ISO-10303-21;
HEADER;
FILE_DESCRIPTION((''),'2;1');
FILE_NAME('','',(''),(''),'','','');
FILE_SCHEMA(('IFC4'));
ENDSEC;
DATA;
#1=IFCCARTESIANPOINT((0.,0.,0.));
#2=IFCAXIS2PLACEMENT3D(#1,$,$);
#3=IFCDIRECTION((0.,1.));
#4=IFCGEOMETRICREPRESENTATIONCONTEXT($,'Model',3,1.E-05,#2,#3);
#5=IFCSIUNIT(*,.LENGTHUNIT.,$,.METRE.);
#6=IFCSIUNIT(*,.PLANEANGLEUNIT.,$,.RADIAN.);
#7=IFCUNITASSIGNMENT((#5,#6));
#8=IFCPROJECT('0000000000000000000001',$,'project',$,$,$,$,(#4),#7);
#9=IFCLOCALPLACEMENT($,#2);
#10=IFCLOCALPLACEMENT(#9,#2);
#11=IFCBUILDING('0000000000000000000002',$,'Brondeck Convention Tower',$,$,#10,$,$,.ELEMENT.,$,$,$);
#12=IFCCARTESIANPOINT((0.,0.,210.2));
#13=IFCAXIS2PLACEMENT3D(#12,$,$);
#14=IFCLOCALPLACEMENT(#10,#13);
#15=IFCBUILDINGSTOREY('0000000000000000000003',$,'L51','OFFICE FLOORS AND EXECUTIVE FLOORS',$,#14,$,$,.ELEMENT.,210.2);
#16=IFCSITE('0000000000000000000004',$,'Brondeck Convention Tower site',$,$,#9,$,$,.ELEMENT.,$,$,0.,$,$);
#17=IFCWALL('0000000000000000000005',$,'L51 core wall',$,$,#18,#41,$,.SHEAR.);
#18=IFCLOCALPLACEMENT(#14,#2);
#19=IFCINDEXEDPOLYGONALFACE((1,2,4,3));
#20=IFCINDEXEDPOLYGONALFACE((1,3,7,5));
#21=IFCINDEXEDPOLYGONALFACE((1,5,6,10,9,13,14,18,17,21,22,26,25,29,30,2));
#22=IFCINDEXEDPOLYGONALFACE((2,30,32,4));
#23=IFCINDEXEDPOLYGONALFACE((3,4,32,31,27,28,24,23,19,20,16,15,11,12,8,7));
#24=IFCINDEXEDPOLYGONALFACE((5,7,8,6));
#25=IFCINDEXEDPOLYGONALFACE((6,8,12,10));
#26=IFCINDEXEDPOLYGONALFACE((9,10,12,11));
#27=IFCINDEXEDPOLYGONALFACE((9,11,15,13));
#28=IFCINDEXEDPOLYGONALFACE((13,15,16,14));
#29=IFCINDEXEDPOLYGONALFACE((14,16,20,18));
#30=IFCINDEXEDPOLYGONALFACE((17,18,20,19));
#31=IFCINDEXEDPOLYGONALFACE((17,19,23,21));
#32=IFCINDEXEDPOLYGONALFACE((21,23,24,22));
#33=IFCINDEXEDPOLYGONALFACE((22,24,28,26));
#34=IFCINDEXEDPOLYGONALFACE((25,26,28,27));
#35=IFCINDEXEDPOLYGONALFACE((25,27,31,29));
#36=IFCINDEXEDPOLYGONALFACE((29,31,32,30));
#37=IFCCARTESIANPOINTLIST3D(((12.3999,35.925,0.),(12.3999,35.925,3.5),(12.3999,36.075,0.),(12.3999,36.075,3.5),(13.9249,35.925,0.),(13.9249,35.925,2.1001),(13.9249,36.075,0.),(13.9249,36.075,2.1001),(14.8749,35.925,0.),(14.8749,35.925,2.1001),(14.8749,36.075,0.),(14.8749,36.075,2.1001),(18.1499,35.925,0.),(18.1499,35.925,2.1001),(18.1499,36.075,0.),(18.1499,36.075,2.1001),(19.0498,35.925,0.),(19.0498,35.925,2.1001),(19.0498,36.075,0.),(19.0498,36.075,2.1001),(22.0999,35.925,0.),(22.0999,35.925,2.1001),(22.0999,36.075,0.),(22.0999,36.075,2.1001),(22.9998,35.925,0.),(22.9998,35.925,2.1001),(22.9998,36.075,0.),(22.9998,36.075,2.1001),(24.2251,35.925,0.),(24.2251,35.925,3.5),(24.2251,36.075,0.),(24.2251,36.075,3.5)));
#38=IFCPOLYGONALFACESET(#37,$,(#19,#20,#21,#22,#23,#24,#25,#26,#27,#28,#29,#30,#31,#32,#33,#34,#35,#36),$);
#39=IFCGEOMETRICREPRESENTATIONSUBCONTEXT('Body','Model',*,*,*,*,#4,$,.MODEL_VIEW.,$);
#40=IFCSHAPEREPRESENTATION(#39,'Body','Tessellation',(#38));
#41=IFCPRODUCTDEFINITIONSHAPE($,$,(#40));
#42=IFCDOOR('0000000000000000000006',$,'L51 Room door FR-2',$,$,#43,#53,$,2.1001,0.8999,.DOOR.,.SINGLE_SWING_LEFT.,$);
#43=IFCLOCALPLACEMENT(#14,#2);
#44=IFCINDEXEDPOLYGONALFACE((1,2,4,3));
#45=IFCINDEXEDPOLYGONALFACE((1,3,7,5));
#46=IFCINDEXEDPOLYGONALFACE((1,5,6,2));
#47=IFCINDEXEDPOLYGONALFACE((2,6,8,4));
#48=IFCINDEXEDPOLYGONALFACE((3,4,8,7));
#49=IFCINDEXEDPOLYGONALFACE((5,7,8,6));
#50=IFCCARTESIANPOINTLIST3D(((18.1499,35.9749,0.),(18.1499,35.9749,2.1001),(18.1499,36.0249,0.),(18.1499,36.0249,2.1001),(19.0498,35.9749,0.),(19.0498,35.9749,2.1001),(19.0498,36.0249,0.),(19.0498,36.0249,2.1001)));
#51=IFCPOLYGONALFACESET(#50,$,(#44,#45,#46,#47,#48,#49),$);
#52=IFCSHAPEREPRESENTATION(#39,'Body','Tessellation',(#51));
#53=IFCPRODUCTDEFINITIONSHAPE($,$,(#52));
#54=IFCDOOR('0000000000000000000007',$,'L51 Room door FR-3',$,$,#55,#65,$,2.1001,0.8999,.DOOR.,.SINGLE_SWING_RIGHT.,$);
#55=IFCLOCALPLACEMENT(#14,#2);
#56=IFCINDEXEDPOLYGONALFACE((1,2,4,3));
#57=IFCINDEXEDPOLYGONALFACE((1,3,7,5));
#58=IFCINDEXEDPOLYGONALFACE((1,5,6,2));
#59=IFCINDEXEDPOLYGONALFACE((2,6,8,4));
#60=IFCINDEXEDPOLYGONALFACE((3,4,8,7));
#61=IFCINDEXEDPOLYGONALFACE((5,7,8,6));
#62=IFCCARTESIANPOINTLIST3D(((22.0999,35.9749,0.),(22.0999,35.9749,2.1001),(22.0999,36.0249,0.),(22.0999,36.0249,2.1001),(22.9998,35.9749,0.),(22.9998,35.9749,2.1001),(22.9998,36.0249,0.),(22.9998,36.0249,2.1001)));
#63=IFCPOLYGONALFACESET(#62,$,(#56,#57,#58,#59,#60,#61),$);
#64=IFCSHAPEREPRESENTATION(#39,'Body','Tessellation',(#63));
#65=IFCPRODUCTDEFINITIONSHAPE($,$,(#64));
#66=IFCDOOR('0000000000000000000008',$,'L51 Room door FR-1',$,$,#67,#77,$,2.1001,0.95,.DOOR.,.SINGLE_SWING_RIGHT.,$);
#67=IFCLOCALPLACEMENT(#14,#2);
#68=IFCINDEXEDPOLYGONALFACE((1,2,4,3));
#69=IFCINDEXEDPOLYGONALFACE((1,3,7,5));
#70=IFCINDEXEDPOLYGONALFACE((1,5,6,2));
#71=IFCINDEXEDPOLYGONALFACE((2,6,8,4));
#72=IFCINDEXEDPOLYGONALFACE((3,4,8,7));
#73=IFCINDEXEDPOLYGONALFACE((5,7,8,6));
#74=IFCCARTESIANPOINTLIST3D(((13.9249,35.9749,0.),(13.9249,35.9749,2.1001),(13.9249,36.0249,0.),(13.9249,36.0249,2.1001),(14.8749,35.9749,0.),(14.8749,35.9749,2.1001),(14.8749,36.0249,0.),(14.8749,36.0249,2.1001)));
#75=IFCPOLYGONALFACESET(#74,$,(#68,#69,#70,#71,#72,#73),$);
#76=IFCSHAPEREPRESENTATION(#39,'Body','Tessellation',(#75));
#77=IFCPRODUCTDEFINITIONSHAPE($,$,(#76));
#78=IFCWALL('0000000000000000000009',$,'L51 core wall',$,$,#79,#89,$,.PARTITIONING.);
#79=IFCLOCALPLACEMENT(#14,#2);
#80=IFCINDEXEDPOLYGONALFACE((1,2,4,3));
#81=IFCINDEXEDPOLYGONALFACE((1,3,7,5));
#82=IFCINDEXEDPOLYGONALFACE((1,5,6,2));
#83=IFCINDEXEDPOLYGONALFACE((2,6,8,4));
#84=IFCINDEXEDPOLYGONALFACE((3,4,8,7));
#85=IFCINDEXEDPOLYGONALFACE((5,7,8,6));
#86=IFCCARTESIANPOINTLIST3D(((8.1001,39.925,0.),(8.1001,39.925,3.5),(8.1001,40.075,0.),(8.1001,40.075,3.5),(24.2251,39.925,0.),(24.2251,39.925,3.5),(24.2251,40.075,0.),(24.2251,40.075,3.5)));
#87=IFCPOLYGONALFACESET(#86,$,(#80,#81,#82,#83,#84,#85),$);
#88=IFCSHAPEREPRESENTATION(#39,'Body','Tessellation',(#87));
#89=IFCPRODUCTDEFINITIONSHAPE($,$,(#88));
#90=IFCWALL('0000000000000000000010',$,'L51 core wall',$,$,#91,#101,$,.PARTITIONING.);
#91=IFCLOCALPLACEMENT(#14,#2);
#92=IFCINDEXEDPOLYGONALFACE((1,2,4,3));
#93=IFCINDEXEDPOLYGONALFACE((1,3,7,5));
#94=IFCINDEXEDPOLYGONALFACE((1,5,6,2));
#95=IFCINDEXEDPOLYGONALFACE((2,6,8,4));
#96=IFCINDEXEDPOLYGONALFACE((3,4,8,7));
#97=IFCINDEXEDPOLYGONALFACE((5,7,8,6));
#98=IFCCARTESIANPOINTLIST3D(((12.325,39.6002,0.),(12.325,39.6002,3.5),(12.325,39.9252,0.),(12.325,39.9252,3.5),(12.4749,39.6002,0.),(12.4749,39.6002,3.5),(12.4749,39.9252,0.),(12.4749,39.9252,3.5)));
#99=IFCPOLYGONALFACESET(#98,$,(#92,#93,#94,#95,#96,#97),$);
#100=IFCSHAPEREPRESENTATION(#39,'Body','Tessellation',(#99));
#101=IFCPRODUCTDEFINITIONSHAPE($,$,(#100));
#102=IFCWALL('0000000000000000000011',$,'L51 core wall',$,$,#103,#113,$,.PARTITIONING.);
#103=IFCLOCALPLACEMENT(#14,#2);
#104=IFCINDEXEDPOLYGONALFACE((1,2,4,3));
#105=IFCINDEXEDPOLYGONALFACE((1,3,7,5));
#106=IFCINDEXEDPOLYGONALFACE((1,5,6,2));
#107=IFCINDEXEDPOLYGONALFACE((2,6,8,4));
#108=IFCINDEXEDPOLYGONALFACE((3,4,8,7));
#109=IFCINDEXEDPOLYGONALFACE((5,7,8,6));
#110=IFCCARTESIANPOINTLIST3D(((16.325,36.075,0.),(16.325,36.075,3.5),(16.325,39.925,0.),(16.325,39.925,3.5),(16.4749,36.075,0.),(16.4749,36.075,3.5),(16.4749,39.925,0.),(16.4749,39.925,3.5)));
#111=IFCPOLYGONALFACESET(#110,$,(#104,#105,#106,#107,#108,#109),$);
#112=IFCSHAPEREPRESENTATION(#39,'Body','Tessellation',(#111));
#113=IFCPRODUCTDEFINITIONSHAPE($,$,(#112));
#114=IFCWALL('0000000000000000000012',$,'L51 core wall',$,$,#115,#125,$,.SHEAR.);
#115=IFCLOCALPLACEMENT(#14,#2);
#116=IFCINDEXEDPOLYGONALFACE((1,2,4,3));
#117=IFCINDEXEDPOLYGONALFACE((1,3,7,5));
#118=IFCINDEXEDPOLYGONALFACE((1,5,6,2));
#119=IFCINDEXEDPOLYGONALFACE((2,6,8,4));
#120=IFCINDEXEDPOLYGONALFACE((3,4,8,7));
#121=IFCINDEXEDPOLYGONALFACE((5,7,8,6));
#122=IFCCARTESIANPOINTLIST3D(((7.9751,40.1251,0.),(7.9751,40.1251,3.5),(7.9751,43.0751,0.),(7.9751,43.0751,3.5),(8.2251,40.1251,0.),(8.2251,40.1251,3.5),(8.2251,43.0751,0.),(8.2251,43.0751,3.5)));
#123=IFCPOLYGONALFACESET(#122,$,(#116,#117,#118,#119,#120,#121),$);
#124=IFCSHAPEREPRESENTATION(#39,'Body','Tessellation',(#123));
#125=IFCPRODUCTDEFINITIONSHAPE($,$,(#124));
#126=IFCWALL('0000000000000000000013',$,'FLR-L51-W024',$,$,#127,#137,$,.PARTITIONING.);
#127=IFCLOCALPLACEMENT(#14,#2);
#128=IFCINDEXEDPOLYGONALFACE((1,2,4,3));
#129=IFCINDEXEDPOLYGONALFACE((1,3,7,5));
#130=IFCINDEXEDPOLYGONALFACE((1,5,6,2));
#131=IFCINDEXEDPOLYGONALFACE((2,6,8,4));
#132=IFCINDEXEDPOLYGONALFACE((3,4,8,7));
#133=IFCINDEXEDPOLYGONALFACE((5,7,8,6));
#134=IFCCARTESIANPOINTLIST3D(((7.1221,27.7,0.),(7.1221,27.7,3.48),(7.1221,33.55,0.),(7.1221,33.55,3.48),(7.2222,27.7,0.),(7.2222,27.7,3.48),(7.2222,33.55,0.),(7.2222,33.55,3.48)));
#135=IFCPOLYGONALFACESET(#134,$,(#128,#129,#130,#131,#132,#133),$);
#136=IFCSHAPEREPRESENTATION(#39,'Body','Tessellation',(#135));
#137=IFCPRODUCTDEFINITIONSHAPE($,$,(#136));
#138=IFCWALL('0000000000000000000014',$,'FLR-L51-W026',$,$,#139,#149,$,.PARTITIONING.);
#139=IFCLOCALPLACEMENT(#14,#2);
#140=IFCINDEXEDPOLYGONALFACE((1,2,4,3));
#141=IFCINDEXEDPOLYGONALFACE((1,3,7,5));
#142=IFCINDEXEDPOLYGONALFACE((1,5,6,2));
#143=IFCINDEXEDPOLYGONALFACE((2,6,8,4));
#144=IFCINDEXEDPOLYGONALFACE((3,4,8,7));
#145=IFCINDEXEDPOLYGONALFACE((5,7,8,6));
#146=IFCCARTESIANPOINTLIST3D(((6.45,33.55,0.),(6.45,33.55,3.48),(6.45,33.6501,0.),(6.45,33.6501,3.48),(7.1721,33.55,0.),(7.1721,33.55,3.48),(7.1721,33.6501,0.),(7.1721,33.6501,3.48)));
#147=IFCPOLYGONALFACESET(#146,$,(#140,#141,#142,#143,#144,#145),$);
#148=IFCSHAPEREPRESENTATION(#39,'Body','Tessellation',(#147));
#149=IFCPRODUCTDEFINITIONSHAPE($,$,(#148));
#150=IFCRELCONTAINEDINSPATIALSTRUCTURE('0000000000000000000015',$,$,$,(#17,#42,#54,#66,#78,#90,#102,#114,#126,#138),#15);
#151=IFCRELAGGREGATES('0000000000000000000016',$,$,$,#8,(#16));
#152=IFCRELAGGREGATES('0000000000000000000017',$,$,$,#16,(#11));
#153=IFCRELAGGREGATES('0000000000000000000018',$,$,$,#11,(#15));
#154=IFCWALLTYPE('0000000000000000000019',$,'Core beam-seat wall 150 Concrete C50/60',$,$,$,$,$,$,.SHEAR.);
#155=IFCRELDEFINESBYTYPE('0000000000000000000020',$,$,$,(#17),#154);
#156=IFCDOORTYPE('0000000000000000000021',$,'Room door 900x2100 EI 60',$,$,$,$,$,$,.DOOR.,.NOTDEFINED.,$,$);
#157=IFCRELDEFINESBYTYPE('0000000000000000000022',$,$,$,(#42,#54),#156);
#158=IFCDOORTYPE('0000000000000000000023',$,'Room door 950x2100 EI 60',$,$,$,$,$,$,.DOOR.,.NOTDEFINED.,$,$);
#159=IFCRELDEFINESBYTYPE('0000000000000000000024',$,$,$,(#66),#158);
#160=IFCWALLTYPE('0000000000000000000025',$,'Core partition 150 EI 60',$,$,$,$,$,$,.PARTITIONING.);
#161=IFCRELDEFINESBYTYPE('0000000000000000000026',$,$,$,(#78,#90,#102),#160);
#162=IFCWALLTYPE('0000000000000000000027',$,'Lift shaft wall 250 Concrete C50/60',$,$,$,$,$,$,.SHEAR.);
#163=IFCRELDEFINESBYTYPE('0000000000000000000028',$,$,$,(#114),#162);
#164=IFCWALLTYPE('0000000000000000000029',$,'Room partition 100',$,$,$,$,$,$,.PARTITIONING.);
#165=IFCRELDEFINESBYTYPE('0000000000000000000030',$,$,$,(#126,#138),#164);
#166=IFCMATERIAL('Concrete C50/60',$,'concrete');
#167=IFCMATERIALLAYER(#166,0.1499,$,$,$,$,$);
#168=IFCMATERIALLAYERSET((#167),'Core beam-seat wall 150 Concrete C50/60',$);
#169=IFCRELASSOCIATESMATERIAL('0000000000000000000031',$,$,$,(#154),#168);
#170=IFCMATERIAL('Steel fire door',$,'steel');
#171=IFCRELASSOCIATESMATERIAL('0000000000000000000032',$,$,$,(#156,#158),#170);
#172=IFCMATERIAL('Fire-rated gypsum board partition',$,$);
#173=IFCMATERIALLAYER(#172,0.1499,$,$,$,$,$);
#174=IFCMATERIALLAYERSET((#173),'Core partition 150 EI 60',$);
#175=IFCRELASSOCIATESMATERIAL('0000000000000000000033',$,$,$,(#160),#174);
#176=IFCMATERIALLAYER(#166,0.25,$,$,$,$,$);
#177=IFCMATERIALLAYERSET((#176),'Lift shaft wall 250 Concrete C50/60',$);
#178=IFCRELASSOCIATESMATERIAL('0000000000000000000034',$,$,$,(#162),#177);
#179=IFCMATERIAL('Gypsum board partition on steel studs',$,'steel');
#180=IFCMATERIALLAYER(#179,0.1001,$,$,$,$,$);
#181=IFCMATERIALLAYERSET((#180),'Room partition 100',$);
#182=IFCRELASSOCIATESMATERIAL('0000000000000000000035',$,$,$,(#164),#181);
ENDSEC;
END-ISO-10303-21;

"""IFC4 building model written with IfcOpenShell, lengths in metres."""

from ifc_helpers import new_model, si_unit, direction, frame, frame_2d, origin, place, context, subcontext, project, spatial, rectangle, extrude, material, layer, layer_set, type_object, element, fill, save


model = new_model("IFC4")

# Units and contexts
model_context = context("Model", 3, precision=1e-05, world=origin(), true_north=direction((0.0, 1.0)))
body_context = subcontext(model_context, "Body", "Model", "MODEL_VIEW")
ifc_project = project(units=[si_unit("LENGTHUNIT", "METRE"), si_unit("PLANEANGLEUNIT", "RADIAN")], contexts=[model_context])

# Site, building, storey
site_placement = place(None, origin())
site = spatial("IfcSite", under=ifc_project, at=site_placement, Name="Brondeck Convention Tower site", CompositionType="ELEMENT", RefElevation=0.0)
building_placement = place(site_placement, origin())
building = spatial("IfcBuilding", under=site, at=building_placement, Name="Brondeck Convention Tower", CompositionType="ELEMENT")
storey_placement = place(building_placement, frame((0.0, 0.0, 210.2)))
storey = spatial("IfcBuildingStorey", under=building, at=storey_placement, Name="L51", Description="OFFICE FLOORS AND EXECUTIVE FLOORS", CompositionType="ELEMENT", Elevation=210.2)

# Shared definitions
ifc_material_1 = material(Name="Concrete C50/60", Category="concrete")

# Wall, openings, doors
ifc_layer_1 = layer(ifc_material_1, 0.1499)
ifc_layer_set_1 = layer_set([ifc_layer_1], Name="Core beam-seat wall 150 Concrete C50/60")
wall_type_1 = type_object("IfcWallType", Name="Core beam-seat wall 150 Concrete C50/60", PredefinedType="SHEAR", material=ifc_layer_set_1)
wall_1_placement = place(storey_placement, frame((12.3999, 36.0, 0.0), z_axis=(0.0, 0.0, 1.0), x_axis=(1.0, 0.0, 0.0)))
wall_1 = element("IfcWall", 1, at=wall_1_placement, inside=storey, type_object=wall_type_1, Name="L51 core wall", PredefinedType="SHEAR", context=body_context, shape_type="SweptSolid", body=[
    extrude(rectangle(XDim=11.8252, YDim=0.1499, at=frame_2d((5.9126, 0.0))), origin(), (0.0, 0.0, 1.0), 3.5),
])
opening_1_placement = place(wall_1_placement, frame((1.5249, 0.0, 0.0)))
opening_1 = element("IfcOpeningElement", 2, at=opening_1_placement, cuts=wall_1, PredefinedType="OPENING", context=body_context, shape_type="SweptSolid", body=[
    extrude(rectangle(XDim=0.95, YDim=2.1001, at=frame_2d((0.4751, 1.05))), frame((0.0, 0.085, 0.0), z_axis=(0.0, -1.0, 0.0), x_axis=(1.0, 0.0, 0.0)), (0.0, 0.0, 1.0), 0.1699),
])
opening_2_placement = place(wall_1_placement, frame((5.75, 0.0, 0.0)))
opening_2 = element("IfcOpeningElement", 3, at=opening_2_placement, cuts=wall_1, PredefinedType="OPENING", context=body_context, shape_type="SweptSolid", body=[
    extrude(rectangle(XDim=0.8999, YDim=2.1001, at=frame_2d((0.45, 1.05))), frame((0.0, 0.085, 0.0), z_axis=(0.0, -1.0, 0.0), x_axis=(1.0, 0.0, 0.0)), (0.0, 0.0, 1.0), 0.1699),
])
opening_3_placement = place(wall_1_placement, frame((9.7, 0.0, 0.0)))
opening_3 = element("IfcOpeningElement", 4, at=opening_3_placement, cuts=wall_1, PredefinedType="OPENING", context=body_context, shape_type="SweptSolid", body=[
    extrude(rectangle(XDim=0.8999, YDim=2.1001, at=frame_2d((0.45, 1.05))), frame((0.0, 0.085, 0.0), z_axis=(0.0, -1.0, 0.0), x_axis=(1.0, 0.0, 0.0)), (0.0, 0.0, 1.0), 0.1699),
])
ifc_material_2 = material(Name="Steel fire door", Category="steel")
door_type_1 = type_object("IfcDoorType", Name="Room door 900x2100 EI 60", OperationType="NOTDEFINED", PredefinedType="DOOR", material=ifc_material_2)
door_1_placement = place(opening_2_placement, origin())
door_1 = element("IfcDoor", 5, at=door_1_placement, inside=storey, type_object=door_type_1, Name="L51 Room door FR-2", OperationType="SINGLE_SWING_LEFT", OverallHeight=2.1001, OverallWidth=0.8999, PredefinedType="DOOR", context=body_context, shape_type="SweptSolid", body=[
    extrude(rectangle(XDim=0.8999, YDim=2.1001, at=frame_2d((0.45, 1.05))), frame((0.0, 0.0249, 0.0), z_axis=(0.0, -1.0, 0.0), x_axis=(1.0, 0.0, 0.0)), (0.0, 0.0, 1.0), 0.05),
])
fill(opening_2, door_1)
door_2_placement = place(opening_3_placement, origin())
door_2 = element("IfcDoor", 6, at=door_2_placement, inside=storey, type_object=door_type_1, Name="L51 Room door FR-3", OperationType="SINGLE_SWING_RIGHT", OverallHeight=2.1001, OverallWidth=0.8999, PredefinedType="DOOR", context=body_context, shape_type="SweptSolid", body=[
    extrude(rectangle(XDim=0.8999, YDim=2.1001, at=frame_2d((0.45, 1.05))), frame((0.0, 0.0249, 0.0), z_axis=(0.0, -1.0, 0.0), x_axis=(1.0, 0.0, 0.0)), (0.0, 0.0, 1.0), 0.05),
])
fill(opening_3, door_2)
door_type_2 = type_object("IfcDoorType", Name="Room door 950x2100 EI 60", OperationType="NOTDEFINED", PredefinedType="DOOR", material=ifc_material_2)
door_3_placement = place(opening_1_placement, origin())
door_3 = element("IfcDoor", 7, at=door_3_placement, inside=storey, type_object=door_type_2, Name="L51 Room door FR-1", OperationType="SINGLE_SWING_RIGHT", OverallHeight=2.1001, OverallWidth=0.95, PredefinedType="DOOR", context=body_context, shape_type="SweptSolid", body=[
    extrude(rectangle(XDim=0.95, YDim=2.1001, at=frame_2d((0.4751, 1.05))), frame((0.0, 0.0249, 0.0), z_axis=(0.0, -1.0, 0.0), x_axis=(1.0, 0.0, 0.0)), (0.0, 0.0, 1.0), 0.05),
])
fill(opening_1, door_3)

# Walls
ifc_material_3 = material(Name="Fire-rated gypsum board partition")
ifc_layer_2 = layer(ifc_material_3, 0.1499)
ifc_layer_set_2 = layer_set([ifc_layer_2], Name="Core partition 150 EI 60")
wall_type_2 = type_object("IfcWallType", Name="Core partition 150 EI 60", PredefinedType="PARTITIONING", material=ifc_layer_set_2)
wall_2_placement = place(storey_placement, frame((8.1001, 40.0, 0.0), z_axis=(0.0, 0.0, 1.0), x_axis=(1.0, 0.0, 0.0)))
element("IfcWall", 8, at=wall_2_placement, inside=storey, type_object=wall_type_2, Name="L51 core wall", PredefinedType="PARTITIONING", context=body_context, shape_type="SweptSolid", body=[
    extrude(rectangle(XDim=16.125, YDim=0.1499, at=frame_2d((8.0625, 0.0))), origin(), (0.0, 0.0, 1.0), 3.5),
])
wall_3_placement = place(storey_placement, frame((12.3999, 39.6001, 0.0), z_axis=(0.0, 0.0, 1.0), x_axis=(0.0, 1.0, 0.0)))
element("IfcWall", 9, at=wall_3_placement, inside=storey, type_object=wall_type_2, Name="L51 core wall", PredefinedType="PARTITIONING", context=body_context, shape_type="SweptSolid", body=[
    extrude(rectangle(XDim=0.325, YDim=0.1499, at=frame_2d((0.1626, 0.0))), origin(), (0.0, 0.0, 1.0), 3.5),
])
wall_4_placement = place(storey_placement, frame((16.3999, 36.075, 0.0), z_axis=(0.0, 0.0, 1.0), x_axis=(0.0, 1.0, 0.0)))
element("IfcWall", 10, at=wall_4_placement, inside=storey, type_object=wall_type_2, Name="L51 core wall", PredefinedType="PARTITIONING", context=body_context, shape_type="SweptSolid", body=[
    extrude(rectangle(XDim=3.8501, YDim=0.1499, at=frame_2d((1.925, 0.0))), origin(), (0.0, 0.0, 1.0), 3.5),
])
ifc_layer_3 = layer(ifc_material_1, 0.25)
ifc_layer_set_3 = layer_set([ifc_layer_3], Name="Lift shaft wall 250 Concrete C50/60")
wall_type_3 = type_object("IfcWallType", Name="Lift shaft wall 250 Concrete C50/60", PredefinedType="SHEAR", material=ifc_layer_set_3)
wall_5_placement = place(storey_placement, frame((8.1001, 40.125, 0.0), z_axis=(0.0, 0.0, 1.0), x_axis=(0.0, 1.0, 0.0)))
element("IfcWall", 11, at=wall_5_placement, inside=storey, type_object=wall_type_3, Name="L51 core wall", PredefinedType="SHEAR", context=body_context, shape_type="SweptSolid", body=[
    extrude(rectangle(XDim=2.95, YDim=0.25, at=frame_2d((1.4751, 0.0))), origin(), (0.0, 0.0, 1.0), 3.5),
])
ifc_material_4 = material(Name="Gypsum board partition on steel studs", Category="steel")
ifc_layer_4 = layer(ifc_material_4, 0.1001)
ifc_layer_set_4 = layer_set([ifc_layer_4], Name="Room partition 100")
wall_type_4 = type_object("IfcWallType", Name="Room partition 100", PredefinedType="PARTITIONING", material=ifc_layer_set_4)
wall_6_placement = place(storey_placement, frame((7.1721, 33.55, 0.0), z_axis=(0.0, 0.0, 1.0), x_axis=(0.0, -1.0, 0.0)))
element("IfcWall", 12, at=wall_6_placement, inside=storey, type_object=wall_type_4, Name="FLR-L51-W024", PredefinedType="PARTITIONING", context=body_context, shape_type="SweptSolid", body=[
    extrude(rectangle(XDim=5.8501, YDim=0.1001, at=frame_2d((2.925, 0.0))), origin(), (0.0, 0.0, 1.0), 3.48),
])
wall_7_placement = place(storey_placement, frame((7.1721, 33.6001, 0.0), z_axis=(0.0, 0.0, 1.0), x_axis=(-1.0, 0.0, 0.0)))
element("IfcWall", 13, at=wall_7_placement, inside=storey, type_object=wall_type_4, Name="FLR-L51-W026", PredefinedType="PARTITIONING", context=body_context, shape_type="SweptSolid", body=[
    extrude(rectangle(XDim=0.7222, YDim=0.1001, at=frame_2d((0.3611, 0.0))), origin(), (0.0, 0.0, 1.0), 3.48),
])

save(model, "model.ifc")
